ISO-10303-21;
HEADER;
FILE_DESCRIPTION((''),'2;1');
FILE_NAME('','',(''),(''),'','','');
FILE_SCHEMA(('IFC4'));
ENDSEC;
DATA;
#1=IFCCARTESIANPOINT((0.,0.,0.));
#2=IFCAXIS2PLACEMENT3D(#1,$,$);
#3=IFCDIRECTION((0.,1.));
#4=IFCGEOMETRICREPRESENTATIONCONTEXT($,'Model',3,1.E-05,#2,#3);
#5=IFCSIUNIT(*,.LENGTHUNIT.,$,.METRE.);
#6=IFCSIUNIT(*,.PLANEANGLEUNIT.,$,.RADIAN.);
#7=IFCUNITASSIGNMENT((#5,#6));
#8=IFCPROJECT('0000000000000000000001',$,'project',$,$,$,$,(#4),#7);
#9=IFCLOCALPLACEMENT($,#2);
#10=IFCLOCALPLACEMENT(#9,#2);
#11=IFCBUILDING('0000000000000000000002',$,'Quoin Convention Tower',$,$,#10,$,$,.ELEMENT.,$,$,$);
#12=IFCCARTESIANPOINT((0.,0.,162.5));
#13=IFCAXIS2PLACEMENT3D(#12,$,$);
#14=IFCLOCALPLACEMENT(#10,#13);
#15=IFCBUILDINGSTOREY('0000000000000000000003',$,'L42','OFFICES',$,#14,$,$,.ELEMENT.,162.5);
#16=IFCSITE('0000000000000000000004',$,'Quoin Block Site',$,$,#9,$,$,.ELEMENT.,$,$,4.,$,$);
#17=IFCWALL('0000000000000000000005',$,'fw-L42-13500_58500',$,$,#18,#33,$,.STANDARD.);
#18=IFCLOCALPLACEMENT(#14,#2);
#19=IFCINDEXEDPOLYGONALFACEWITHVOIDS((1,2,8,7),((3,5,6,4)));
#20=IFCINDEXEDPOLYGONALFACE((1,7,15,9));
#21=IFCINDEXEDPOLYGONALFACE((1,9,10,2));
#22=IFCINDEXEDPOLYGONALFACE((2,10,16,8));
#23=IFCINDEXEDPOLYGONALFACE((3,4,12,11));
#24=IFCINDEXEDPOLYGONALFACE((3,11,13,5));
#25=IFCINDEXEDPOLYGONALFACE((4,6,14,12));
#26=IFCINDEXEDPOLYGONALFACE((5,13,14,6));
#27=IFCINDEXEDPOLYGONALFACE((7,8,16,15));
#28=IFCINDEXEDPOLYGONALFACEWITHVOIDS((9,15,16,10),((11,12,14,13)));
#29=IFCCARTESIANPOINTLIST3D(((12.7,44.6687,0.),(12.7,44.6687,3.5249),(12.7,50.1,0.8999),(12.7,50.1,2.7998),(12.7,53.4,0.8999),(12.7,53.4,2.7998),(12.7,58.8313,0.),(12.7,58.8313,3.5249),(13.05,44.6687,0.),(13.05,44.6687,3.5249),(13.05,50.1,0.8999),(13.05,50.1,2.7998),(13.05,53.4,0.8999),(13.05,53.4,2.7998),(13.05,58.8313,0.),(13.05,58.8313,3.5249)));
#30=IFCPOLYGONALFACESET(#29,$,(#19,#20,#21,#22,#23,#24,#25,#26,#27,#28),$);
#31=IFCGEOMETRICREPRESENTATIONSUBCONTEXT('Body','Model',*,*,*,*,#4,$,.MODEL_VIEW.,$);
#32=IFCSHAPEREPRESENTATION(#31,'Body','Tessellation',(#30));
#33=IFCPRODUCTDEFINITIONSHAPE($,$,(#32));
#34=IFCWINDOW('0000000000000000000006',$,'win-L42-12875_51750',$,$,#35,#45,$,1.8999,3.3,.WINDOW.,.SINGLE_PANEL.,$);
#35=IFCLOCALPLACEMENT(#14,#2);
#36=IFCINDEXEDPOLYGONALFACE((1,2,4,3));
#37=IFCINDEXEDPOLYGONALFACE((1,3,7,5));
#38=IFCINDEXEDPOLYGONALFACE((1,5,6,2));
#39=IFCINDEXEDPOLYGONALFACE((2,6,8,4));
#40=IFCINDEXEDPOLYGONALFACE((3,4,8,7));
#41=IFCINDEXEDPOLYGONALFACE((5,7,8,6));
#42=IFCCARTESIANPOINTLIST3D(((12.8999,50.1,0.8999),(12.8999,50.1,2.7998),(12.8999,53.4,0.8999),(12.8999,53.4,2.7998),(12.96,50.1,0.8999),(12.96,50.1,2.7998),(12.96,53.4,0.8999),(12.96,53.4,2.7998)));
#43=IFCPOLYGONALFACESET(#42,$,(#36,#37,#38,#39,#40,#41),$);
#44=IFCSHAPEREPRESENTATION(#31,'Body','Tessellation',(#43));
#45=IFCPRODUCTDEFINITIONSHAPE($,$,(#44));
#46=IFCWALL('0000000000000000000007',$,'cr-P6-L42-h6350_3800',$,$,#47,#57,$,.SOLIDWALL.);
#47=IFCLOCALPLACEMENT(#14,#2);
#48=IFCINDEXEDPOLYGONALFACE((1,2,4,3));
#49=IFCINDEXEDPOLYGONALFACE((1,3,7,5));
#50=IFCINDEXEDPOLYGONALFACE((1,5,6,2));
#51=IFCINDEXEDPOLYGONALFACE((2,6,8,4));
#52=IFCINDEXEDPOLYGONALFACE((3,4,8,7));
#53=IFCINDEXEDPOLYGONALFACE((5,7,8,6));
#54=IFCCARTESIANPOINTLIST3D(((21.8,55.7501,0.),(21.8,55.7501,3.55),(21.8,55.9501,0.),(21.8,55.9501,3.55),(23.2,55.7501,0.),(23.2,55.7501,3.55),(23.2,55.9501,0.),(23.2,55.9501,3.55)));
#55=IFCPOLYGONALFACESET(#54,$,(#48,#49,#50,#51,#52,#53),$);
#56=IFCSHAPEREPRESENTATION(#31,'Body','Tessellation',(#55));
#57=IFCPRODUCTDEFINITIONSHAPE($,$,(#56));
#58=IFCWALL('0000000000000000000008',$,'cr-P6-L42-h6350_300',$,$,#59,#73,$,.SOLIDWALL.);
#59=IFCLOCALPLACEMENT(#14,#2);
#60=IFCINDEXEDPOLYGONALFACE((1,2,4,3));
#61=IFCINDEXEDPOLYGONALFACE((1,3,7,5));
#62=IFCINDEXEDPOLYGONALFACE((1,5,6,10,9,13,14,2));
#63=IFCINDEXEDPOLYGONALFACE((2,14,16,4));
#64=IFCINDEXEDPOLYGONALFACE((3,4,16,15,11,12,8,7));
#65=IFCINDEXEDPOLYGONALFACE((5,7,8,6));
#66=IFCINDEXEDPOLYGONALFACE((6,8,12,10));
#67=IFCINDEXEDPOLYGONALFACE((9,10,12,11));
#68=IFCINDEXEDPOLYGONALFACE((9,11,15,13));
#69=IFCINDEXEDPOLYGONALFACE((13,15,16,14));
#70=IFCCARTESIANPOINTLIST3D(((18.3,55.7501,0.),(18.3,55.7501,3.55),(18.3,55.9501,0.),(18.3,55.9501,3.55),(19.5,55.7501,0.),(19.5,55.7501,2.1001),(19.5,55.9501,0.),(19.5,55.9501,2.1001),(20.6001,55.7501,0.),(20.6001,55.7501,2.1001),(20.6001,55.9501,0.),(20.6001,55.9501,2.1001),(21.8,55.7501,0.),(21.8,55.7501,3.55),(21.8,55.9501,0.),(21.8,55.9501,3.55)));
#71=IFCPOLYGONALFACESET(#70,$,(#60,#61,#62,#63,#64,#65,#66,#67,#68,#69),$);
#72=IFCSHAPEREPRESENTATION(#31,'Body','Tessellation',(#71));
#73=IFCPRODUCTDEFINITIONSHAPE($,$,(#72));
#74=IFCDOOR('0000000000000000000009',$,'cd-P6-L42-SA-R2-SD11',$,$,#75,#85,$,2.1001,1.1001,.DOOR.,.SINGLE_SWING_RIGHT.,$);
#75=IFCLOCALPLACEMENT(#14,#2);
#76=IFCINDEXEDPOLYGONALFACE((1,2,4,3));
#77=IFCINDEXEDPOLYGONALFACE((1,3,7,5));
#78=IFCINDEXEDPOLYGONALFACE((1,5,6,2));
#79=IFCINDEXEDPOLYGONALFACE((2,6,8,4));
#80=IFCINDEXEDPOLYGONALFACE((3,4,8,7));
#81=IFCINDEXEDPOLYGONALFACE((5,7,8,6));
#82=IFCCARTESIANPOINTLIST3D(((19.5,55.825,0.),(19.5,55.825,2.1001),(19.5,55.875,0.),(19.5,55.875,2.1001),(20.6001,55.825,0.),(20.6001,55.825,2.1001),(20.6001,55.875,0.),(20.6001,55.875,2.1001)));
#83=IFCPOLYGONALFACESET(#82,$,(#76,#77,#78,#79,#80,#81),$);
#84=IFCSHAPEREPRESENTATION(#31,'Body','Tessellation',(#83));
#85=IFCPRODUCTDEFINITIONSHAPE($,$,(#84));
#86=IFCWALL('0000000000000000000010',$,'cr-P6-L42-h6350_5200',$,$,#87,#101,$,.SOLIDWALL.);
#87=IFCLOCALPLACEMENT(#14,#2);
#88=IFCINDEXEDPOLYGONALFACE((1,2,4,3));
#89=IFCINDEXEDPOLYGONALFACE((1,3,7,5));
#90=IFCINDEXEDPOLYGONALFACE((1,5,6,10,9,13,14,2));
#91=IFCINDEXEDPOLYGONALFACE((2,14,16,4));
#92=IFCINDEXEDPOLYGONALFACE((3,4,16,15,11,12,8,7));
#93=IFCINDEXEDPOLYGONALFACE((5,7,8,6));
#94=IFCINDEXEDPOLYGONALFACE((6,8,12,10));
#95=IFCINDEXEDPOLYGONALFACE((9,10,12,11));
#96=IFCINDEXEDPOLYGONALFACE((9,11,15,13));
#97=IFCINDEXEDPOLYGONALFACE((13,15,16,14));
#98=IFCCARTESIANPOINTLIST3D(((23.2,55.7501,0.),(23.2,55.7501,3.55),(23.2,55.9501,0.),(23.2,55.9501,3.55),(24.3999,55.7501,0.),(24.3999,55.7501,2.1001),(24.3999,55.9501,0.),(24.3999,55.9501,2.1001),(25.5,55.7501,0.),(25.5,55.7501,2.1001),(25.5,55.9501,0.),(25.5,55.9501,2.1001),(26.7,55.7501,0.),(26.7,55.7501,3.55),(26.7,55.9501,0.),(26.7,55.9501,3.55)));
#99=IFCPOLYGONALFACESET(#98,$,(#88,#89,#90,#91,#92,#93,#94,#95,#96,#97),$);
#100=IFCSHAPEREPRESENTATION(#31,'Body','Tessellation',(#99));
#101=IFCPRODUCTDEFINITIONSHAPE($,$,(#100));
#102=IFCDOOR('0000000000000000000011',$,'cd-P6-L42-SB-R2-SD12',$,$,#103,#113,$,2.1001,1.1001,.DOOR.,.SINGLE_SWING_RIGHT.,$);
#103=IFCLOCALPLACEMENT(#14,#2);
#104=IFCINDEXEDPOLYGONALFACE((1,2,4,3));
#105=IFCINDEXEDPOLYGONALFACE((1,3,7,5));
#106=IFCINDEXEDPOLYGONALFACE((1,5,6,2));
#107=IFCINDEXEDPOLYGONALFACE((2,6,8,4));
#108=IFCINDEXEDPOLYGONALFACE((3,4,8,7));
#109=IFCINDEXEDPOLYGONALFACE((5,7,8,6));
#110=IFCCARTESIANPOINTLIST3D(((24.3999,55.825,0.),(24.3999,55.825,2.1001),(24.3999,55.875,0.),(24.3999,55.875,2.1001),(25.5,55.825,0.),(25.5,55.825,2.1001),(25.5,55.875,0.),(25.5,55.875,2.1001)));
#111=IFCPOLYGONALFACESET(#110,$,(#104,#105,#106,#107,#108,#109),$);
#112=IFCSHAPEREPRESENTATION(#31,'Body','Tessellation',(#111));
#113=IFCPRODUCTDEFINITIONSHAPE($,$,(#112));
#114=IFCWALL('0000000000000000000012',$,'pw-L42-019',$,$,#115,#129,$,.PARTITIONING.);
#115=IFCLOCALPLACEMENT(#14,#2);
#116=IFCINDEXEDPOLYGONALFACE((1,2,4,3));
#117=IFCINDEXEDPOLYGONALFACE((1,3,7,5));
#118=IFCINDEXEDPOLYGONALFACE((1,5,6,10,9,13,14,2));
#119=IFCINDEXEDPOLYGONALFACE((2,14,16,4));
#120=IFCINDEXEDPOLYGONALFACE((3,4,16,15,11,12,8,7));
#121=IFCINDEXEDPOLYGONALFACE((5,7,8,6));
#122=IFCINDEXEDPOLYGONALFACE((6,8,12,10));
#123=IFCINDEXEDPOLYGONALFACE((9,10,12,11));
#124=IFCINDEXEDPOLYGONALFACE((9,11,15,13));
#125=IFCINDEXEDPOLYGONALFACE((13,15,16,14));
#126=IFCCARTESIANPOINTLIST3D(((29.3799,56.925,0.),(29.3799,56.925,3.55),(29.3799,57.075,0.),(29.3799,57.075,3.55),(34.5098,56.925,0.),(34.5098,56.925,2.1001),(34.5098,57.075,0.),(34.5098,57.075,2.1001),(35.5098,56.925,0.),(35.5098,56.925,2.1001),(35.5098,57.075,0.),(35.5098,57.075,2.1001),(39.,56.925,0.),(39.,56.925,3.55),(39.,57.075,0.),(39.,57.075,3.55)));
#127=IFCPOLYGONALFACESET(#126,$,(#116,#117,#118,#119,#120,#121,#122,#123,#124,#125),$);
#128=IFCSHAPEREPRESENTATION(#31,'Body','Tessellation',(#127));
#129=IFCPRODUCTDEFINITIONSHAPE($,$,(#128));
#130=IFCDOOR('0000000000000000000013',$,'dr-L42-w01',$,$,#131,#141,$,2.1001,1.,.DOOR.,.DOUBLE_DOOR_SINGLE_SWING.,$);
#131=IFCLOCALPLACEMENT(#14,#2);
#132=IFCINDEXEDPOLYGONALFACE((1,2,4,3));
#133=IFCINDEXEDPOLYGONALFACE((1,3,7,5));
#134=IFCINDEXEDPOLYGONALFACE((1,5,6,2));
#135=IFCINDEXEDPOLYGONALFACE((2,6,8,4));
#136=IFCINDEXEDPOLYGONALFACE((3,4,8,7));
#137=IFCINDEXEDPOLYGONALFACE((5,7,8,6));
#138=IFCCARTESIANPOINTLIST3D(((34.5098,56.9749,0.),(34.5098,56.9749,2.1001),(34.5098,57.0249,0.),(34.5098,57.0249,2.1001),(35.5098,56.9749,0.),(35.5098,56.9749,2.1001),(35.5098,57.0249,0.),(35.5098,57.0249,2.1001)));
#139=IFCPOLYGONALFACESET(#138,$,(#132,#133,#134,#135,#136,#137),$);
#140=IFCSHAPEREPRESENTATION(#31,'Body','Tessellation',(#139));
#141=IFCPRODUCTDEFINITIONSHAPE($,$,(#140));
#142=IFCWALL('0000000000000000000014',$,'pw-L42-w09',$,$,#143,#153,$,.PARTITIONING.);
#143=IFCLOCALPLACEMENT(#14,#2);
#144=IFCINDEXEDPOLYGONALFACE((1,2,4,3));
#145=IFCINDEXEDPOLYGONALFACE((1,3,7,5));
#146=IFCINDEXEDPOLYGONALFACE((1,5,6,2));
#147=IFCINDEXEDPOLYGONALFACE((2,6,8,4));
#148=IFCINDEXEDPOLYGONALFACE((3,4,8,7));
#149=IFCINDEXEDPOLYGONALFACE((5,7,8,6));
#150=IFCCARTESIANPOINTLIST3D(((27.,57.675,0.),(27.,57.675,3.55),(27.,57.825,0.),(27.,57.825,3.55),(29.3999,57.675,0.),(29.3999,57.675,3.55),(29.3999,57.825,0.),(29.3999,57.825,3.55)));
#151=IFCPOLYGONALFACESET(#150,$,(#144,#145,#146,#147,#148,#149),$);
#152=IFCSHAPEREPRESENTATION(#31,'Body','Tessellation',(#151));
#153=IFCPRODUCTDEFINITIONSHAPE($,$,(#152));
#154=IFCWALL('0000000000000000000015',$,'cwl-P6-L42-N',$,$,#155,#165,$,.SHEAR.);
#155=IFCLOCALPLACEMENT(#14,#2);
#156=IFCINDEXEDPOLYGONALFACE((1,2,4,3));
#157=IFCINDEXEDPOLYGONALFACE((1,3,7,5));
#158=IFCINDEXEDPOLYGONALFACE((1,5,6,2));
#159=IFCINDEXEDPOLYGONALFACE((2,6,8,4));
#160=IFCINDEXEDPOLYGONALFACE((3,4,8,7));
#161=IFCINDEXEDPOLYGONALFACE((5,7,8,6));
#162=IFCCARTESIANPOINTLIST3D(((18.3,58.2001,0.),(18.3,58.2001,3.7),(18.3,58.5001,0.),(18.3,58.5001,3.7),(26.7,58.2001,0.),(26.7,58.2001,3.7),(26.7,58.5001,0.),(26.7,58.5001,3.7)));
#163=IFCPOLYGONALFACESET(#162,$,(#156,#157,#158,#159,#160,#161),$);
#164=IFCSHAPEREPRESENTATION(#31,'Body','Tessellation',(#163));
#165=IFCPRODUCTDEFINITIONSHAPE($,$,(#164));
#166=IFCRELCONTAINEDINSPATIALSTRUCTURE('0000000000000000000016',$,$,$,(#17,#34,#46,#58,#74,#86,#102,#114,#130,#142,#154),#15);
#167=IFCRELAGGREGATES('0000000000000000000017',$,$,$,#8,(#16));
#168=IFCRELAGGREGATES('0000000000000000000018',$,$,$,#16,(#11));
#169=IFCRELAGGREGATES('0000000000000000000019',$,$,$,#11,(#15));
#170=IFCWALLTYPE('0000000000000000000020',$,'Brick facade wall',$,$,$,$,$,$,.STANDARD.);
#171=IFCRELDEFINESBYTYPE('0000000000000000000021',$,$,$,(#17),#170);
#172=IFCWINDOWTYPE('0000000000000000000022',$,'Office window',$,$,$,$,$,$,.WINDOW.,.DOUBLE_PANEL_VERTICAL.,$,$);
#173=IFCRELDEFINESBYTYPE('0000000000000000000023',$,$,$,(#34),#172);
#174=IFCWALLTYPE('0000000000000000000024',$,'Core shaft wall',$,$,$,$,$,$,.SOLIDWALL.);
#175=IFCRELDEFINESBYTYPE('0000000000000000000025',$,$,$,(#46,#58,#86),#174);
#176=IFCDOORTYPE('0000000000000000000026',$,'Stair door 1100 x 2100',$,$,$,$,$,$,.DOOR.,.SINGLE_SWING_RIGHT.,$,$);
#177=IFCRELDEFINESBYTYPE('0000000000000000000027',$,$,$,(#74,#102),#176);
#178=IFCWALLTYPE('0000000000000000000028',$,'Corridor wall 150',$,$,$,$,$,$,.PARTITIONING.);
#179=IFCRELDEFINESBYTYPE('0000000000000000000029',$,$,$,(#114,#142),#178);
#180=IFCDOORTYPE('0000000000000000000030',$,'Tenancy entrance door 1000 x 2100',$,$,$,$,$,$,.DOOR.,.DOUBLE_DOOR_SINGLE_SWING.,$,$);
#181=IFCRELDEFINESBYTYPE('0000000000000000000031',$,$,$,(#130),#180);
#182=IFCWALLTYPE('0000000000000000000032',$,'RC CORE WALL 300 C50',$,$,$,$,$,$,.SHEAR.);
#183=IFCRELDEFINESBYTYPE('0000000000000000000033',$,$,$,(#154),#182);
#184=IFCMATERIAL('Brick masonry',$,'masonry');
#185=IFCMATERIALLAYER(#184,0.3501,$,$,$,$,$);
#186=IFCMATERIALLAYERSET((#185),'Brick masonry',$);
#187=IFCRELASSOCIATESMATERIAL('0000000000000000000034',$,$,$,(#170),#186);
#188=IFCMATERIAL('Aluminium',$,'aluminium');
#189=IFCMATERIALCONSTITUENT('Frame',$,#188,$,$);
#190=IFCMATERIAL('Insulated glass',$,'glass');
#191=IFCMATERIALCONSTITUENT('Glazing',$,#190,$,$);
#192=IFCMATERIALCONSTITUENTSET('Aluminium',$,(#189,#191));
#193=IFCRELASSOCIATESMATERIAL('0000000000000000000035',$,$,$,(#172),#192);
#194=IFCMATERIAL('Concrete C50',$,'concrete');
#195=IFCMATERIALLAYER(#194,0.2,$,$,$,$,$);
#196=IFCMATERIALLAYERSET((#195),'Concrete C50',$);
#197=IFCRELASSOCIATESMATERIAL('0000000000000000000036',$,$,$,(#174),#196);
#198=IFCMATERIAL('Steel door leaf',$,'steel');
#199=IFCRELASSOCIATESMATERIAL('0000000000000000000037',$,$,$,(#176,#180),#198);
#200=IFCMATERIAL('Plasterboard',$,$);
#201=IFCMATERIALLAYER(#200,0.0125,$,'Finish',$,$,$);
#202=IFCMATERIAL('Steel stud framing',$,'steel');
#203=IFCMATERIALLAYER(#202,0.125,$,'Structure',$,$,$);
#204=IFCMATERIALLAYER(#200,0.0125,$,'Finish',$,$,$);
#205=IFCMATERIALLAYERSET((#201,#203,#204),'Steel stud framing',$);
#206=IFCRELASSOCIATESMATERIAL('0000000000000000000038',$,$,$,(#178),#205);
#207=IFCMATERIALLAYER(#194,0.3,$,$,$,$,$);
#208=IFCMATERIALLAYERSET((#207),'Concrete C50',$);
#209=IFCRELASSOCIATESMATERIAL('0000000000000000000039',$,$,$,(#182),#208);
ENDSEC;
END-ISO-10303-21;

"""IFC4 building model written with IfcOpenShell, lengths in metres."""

from ifc_helpers import new_model, si_unit, direction, frame, frame_2d, origin, place, context, subcontext, project, spatial, rectangle, extrude, material, layer, layer_set, constituent, constituent_set, type_object, element, fill, save


model = new_model("IFC4")

# Units and contexts
model_context = context("Model", 3, precision=1e-05, world=origin(), true_north=direction((0.0, 1.0)))
body_context = subcontext(model_context, "Body", "Model", "MODEL_VIEW")
ifc_project = project(units=[si_unit("LENGTHUNIT", "METRE"), si_unit("PLANEANGLEUNIT", "RADIAN")], contexts=[model_context])

# Site, building, storey
site_placement = place(None, origin())
site = spatial("IfcSite", under=ifc_project, at=site_placement, Name="Quoin Block Site", CompositionType="ELEMENT", RefElevation=4.0)
building_placement = place(site_placement, origin())
building = spatial("IfcBuilding", under=site, at=building_placement, Name="Quoin Convention Tower", CompositionType="ELEMENT")
storey_placement = place(building_placement, frame((0.0, 0.0, 162.5)))
storey = spatial("IfcBuildingStorey", under=building, at=storey_placement, Name="L42", Description="OFFICES", CompositionType="ELEMENT", Elevation=162.5)

# Shared definitions
ifc_material_1 = material(Name="Concrete C50", Category="concrete")

# Wall, opening, window
ifc_material_2 = material(Name="Brick masonry", Category="masonry")
ifc_layer_1 = layer(ifc_material_2, 0.3501)
ifc_layer_set_1 = layer_set([ifc_layer_1], Name="Brick masonry")
wall_type_1 = type_object("IfcWallType", Name="Brick facade wall", PredefinedType="STANDARD", material=ifc_layer_set_1)
ifc_material_3 = material(Name="Aluminium", Category="aluminium")
ifc_constituent_1 = constituent(ifc_material_3, Name="Frame")
ifc_material_4 = material(Name="Insulated glass", Category="glass")
ifc_constituent_2 = constituent(ifc_material_4, Name="Glazing")
ifc_constituent_set = constituent_set(constituents=[ifc_constituent_1, ifc_constituent_2], Name="Aluminium")
window_type = type_object("IfcWindowType", Name="Office window", PartitioningType="DOUBLE_PANEL_VERTICAL", PredefinedType="WINDOW", material=ifc_constituent_set)
wall_1_placement = place(storey_placement, frame((12.875, 58.8313, 0.0), z_axis=(0.0, 0.0, 1.0), x_axis=(0.0, -1.0, 0.0)))
wall_1 = element("IfcWall", 1, at=wall_1_placement, inside=storey, type_object=wall_type_1, Name="fw-L42-13500_58500", PredefinedType="STANDARD", context=body_context, shape_type="SweptSolid", body=[
    extrude(rectangle(XDim=14.1626, YDim=0.3501, at=frame_2d((7.0813, 0.0))), origin(), (0.0, 0.0, 1.0), 3.5249),
])
opening_1_placement = place(wall_1_placement, frame((5.4314, 0.0, 0.8999)))
opening_1 = element("IfcOpeningElement", 2, at=opening_1_placement, cuts=wall_1, PredefinedType="OPENING", context=body_context, shape_type="SweptSolid", body=[
    extrude(rectangle(XDim=3.3, YDim=1.8999, at=frame_2d((1.6499, 0.95))), frame((0.0, 0.1851, 0.0), z_axis=(0.0, -1.0, 0.0), x_axis=(1.0, 0.0, 0.0)), (0.0, 0.0, 1.0), 0.3701),
])
window_1_placement = place(opening_1_placement, origin())
window_1 = element("IfcWindow", 3, at=window_1_placement, inside=storey, type_object=window_type, Name="win-L42-12875_51750", OverallHeight=1.8999, OverallWidth=3.3, PartitioningType="SINGLE_PANEL", PredefinedType="WINDOW", context=body_context, shape_type="SweptSolid", body=[
    extrude(rectangle(XDim=3.3, YDim=1.8999, at=frame_2d((1.6499, 0.95))), frame((0.0, 0.085, 0.0), z_axis=(0.0, -1.0, 0.0), x_axis=(1.0, 0.0, 0.0)), (0.0, 0.0, 1.0), 0.0601),
])
fill(opening_1, window_1)

# Wall
ifc_layer_2 = layer(ifc_material_1, 0.2)
ifc_layer_set_2 = layer_set([ifc_layer_2], Name="Concrete C50")
wall_type_2 = type_object("IfcWallType", Name="Core shaft wall", PredefinedType="SOLIDWALL", material=ifc_layer_set_2)
wall_2_placement = place(storey_placement, frame((21.8, 55.8501, 0.0), z_axis=(0.0, 0.0, 1.0), x_axis=(1.0, 0.0, 0.0)))
element("IfcWall", 4, at=wall_2_placement, inside=storey, type_object=wall_type_2, Name="cr-P6-L42-h6350_3800", PredefinedType="SOLIDWALL", context=body_context, shape_type="SweptSolid", body=[
    extrude(rectangle(XDim=1.3999, YDim=0.2, at=frame_2d((0.7, 0.0))), origin(), (0.0, 0.0, 1.0), 3.55),
])

# Walls, openings, doors
wall_3_placement = place(storey_placement, frame((18.3, 55.8501, 0.0), z_axis=(0.0, 0.0, 1.0), x_axis=(1.0, 0.0, 0.0)))
wall_3 = element("IfcWall", 5, at=wall_3_placement, inside=storey, type_object=wall_type_2, Name="cr-P6-L42-h6350_300", PredefinedType="SOLIDWALL", context=body_context, shape_type="SweptSolid", body=[
    extrude(rectangle(XDim=3.5, YDim=0.2, at=frame_2d((1.75, 0.0))), origin(), (0.0, 0.0, 1.0), 3.55),
])
opening_2_placement = place(wall_3_placement, frame((1.2, 0.0, 0.0)))
opening_2 = element("IfcOpeningElement", 6, at=opening_2_placement, cuts=wall_3, PredefinedType="OPENING", context=body_context, shape_type="SweptSolid", body=[
    extrude(rectangle(XDim=1.1001, YDim=2.1001, at=frame_2d((0.55, 1.05))), frame((0.0, 0.1099, 0.0), z_axis=(0.0, -1.0, 0.0), x_axis=(1.0, 0.0, 0.0)), (0.0, 0.0, 1.0), 0.22),
])
ifc_material_5 = material(Name="Steel door leaf", Category="steel")
door_type_1 = type_object("IfcDoorType", Name="Stair door 1100 x 2100", OperationType="SINGLE_SWING_RIGHT", PredefinedType="DOOR", material=ifc_material_5)
door_1_placement = place(opening_2_placement, origin())
door_1 = element("IfcDoor", 7, at=door_1_placement, inside=storey, type_object=door_type_1, Name="cd-P6-L42-SA-R2-SD11", OperationType="SINGLE_SWING_RIGHT", OverallHeight=2.1001, OverallWidth=1.1001, PredefinedType="DOOR", context=body_context, shape_type="SweptSolid", body=[
    extrude(rectangle(XDim=1.1001, YDim=2.1001, at=frame_2d((0.55, 1.05))), frame((0.0, 0.0249, 0.0), z_axis=(0.0, -1.0, 0.0), x_axis=(1.0, 0.0, 0.0)), (0.0, 0.0, 1.0), 0.05),
])
fill(opening_2, door_1)
wall_4_placement = place(storey_placement, frame((23.2, 55.8501, 0.0), z_axis=(0.0, 0.0, 1.0), x_axis=(1.0, 0.0, 0.0)))
wall_4 = element("IfcWall", 8, at=wall_4_placement, inside=storey, type_object=wall_type_2, Name="cr-P6-L42-h6350_5200", PredefinedType="SOLIDWALL", context=body_context, shape_type="SweptSolid", body=[
    extrude(rectangle(XDim=3.5, YDim=0.2, at=frame_2d((1.75, 0.0))), origin(), (0.0, 0.0, 1.0), 3.55),
])
opening_3_placement = place(wall_4_placement, frame((1.2, 0.0, 0.0)))
opening_3 = element("IfcOpeningElement", 9, at=opening_3_placement, cuts=wall_4, PredefinedType="OPENING", context=body_context, shape_type="SweptSolid", body=[
    extrude(rectangle(XDim=1.1001, YDim=2.1001, at=frame_2d((0.55, 1.05))), frame((0.0, 0.1099, 0.0), z_axis=(0.0, -1.0, 0.0), x_axis=(1.0, 0.0, 0.0)), (0.0, 0.0, 1.0), 0.22),
])
door_2_placement = place(opening_3_placement, origin())
door_2 = element("IfcDoor", 10, at=door_2_placement, inside=storey, type_object=door_type_1, Name="cd-P6-L42-SB-R2-SD12", OperationType="SINGLE_SWING_RIGHT", OverallHeight=2.1001, OverallWidth=1.1001, PredefinedType="DOOR", context=body_context, shape_type="SweptSolid", body=[
    extrude(rectangle(XDim=1.1001, YDim=2.1001, at=frame_2d((0.55, 1.05))), frame((0.0, 0.0249, 0.0), z_axis=(0.0, -1.0, 0.0), x_axis=(1.0, 0.0, 0.0)), (0.0, 0.0, 1.0), 0.05),
])
fill(opening_3, door_2)
ifc_material_6 = material(Name="Plasterboard")
ifc_layer_3 = layer(ifc_material_6, 0.0125, Name="Finish")
ifc_material_7 = material(Name="Steel stud framing", Category="steel")
ifc_layer_4 = layer(ifc_material_7, 0.125, Name="Structure")
ifc_layer_5 = layer(ifc_material_6, 0.0125, Name="Finish")
ifc_layer_set_3 = layer_set([ifc_layer_3, ifc_layer_4, ifc_layer_5], Name="Steel stud framing")
wall_type_3 = type_object("IfcWallType", Name="Corridor wall 150", PredefinedType="PARTITIONING", material=ifc_layer_set_3)
wall_5_placement = place(storey_placement, frame((29.3799, 57.0, 0.0), z_axis=(0.0, 0.0, 1.0), x_axis=(1.0, 0.0, 0.0)))
wall_5 = element("IfcWall", 11, at=wall_5_placement, inside=storey, type_object=wall_type_3, Name="pw-L42-019", PredefinedType="PARTITIONING", context=body_context, shape_type="SweptSolid", body=[
    extrude(rectangle(XDim=9.6201, YDim=0.1499, at=frame_2d((4.8101, 0.0))), origin(), (0.0, 0.0, 1.0), 3.55),
])
opening_4_placement = place(wall_5_placement, frame((5.1299, 0.0, 0.0)))
opening_4 = element("IfcOpeningElement", 12, at=opening_4_placement, cuts=wall_5, PredefinedType="OPENING", context=body_context, shape_type="SweptSolid", body=[
    extrude(rectangle(XDim=1.0, YDim=2.1001, at=frame_2d((0.5, 1.05))), frame((0.0, 0.085, 0.0), z_axis=(0.0, -1.0, 0.0), x_axis=(1.0, 0.0, 0.0)), (0.0, 0.0, 1.0), 0.1699),
])
door_type_2 = type_object("IfcDoorType", Name="Tenancy entrance door 1000 x 2100", OperationType="DOUBLE_DOOR_SINGLE_SWING", PredefinedType="DOOR", material=ifc_material_5)
door_3_placement = place(opening_4_placement, origin())
door_3 = element("IfcDoor", 13, at=door_3_placement, inside=storey, type_object=door_type_2, Name="dr-L42-w01", OperationType="DOUBLE_DOOR_SINGLE_SWING", OverallHeight=2.1001, OverallWidth=1.0, PredefinedType="DOOR", context=body_context, shape_type="SweptSolid", body=[
    extrude(rectangle(XDim=1.0, YDim=2.1001, at=frame_2d((0.5, 1.05))), frame((0.0, 0.0249, 0.0), z_axis=(0.0, -1.0, 0.0), x_axis=(1.0, 0.0, 0.0)), (0.0, 0.0, 1.0), 0.05),
])
fill(opening_4, door_3)

# Walls
wall_6_placement = place(storey_placement, frame((27.0, 57.75, 0.0), z_axis=(0.0, 0.0, 1.0), x_axis=(1.0, 0.0, 0.0)))
element("IfcWall", 14, at=wall_6_placement, inside=storey, type_object=wall_type_3, Name="pw-L42-w09", PredefinedType="PARTITIONING", context=body_context, shape_type="SweptSolid", body=[
    extrude(rectangle(XDim=2.3999, YDim=0.1499, at=frame_2d((1.2, 0.0))), origin(), (0.0, 0.0, 1.0), 3.55),
])
ifc_layer_6 = layer(ifc_material_1, 0.3)
ifc_layer_set_4 = layer_set([ifc_layer_6], Name="Concrete C50")
wall_type_4 = type_object("IfcWallType", Name="RC CORE WALL 300 C50", PredefinedType="SHEAR", material=ifc_layer_set_4)
wall_7_placement = place(storey_placement, frame((18.3, 58.3501, 0.0), z_axis=(0.0, 0.0, 1.0), x_axis=(1.0, 0.0, 0.0)))
element("IfcWall", 15, at=wall_7_placement, inside=storey, type_object=wall_type_4, Name="cwl-P6-L42-N", PredefinedType="SHEAR", context=body_context, shape_type="SweptSolid", body=[
    extrude(rectangle(XDim=8.3999, YDim=0.3, at=frame_2d((4.2, 0.0))), origin(), (0.0, 0.0, 1.0), 3.7),
])

save(model, "model.ifc")
